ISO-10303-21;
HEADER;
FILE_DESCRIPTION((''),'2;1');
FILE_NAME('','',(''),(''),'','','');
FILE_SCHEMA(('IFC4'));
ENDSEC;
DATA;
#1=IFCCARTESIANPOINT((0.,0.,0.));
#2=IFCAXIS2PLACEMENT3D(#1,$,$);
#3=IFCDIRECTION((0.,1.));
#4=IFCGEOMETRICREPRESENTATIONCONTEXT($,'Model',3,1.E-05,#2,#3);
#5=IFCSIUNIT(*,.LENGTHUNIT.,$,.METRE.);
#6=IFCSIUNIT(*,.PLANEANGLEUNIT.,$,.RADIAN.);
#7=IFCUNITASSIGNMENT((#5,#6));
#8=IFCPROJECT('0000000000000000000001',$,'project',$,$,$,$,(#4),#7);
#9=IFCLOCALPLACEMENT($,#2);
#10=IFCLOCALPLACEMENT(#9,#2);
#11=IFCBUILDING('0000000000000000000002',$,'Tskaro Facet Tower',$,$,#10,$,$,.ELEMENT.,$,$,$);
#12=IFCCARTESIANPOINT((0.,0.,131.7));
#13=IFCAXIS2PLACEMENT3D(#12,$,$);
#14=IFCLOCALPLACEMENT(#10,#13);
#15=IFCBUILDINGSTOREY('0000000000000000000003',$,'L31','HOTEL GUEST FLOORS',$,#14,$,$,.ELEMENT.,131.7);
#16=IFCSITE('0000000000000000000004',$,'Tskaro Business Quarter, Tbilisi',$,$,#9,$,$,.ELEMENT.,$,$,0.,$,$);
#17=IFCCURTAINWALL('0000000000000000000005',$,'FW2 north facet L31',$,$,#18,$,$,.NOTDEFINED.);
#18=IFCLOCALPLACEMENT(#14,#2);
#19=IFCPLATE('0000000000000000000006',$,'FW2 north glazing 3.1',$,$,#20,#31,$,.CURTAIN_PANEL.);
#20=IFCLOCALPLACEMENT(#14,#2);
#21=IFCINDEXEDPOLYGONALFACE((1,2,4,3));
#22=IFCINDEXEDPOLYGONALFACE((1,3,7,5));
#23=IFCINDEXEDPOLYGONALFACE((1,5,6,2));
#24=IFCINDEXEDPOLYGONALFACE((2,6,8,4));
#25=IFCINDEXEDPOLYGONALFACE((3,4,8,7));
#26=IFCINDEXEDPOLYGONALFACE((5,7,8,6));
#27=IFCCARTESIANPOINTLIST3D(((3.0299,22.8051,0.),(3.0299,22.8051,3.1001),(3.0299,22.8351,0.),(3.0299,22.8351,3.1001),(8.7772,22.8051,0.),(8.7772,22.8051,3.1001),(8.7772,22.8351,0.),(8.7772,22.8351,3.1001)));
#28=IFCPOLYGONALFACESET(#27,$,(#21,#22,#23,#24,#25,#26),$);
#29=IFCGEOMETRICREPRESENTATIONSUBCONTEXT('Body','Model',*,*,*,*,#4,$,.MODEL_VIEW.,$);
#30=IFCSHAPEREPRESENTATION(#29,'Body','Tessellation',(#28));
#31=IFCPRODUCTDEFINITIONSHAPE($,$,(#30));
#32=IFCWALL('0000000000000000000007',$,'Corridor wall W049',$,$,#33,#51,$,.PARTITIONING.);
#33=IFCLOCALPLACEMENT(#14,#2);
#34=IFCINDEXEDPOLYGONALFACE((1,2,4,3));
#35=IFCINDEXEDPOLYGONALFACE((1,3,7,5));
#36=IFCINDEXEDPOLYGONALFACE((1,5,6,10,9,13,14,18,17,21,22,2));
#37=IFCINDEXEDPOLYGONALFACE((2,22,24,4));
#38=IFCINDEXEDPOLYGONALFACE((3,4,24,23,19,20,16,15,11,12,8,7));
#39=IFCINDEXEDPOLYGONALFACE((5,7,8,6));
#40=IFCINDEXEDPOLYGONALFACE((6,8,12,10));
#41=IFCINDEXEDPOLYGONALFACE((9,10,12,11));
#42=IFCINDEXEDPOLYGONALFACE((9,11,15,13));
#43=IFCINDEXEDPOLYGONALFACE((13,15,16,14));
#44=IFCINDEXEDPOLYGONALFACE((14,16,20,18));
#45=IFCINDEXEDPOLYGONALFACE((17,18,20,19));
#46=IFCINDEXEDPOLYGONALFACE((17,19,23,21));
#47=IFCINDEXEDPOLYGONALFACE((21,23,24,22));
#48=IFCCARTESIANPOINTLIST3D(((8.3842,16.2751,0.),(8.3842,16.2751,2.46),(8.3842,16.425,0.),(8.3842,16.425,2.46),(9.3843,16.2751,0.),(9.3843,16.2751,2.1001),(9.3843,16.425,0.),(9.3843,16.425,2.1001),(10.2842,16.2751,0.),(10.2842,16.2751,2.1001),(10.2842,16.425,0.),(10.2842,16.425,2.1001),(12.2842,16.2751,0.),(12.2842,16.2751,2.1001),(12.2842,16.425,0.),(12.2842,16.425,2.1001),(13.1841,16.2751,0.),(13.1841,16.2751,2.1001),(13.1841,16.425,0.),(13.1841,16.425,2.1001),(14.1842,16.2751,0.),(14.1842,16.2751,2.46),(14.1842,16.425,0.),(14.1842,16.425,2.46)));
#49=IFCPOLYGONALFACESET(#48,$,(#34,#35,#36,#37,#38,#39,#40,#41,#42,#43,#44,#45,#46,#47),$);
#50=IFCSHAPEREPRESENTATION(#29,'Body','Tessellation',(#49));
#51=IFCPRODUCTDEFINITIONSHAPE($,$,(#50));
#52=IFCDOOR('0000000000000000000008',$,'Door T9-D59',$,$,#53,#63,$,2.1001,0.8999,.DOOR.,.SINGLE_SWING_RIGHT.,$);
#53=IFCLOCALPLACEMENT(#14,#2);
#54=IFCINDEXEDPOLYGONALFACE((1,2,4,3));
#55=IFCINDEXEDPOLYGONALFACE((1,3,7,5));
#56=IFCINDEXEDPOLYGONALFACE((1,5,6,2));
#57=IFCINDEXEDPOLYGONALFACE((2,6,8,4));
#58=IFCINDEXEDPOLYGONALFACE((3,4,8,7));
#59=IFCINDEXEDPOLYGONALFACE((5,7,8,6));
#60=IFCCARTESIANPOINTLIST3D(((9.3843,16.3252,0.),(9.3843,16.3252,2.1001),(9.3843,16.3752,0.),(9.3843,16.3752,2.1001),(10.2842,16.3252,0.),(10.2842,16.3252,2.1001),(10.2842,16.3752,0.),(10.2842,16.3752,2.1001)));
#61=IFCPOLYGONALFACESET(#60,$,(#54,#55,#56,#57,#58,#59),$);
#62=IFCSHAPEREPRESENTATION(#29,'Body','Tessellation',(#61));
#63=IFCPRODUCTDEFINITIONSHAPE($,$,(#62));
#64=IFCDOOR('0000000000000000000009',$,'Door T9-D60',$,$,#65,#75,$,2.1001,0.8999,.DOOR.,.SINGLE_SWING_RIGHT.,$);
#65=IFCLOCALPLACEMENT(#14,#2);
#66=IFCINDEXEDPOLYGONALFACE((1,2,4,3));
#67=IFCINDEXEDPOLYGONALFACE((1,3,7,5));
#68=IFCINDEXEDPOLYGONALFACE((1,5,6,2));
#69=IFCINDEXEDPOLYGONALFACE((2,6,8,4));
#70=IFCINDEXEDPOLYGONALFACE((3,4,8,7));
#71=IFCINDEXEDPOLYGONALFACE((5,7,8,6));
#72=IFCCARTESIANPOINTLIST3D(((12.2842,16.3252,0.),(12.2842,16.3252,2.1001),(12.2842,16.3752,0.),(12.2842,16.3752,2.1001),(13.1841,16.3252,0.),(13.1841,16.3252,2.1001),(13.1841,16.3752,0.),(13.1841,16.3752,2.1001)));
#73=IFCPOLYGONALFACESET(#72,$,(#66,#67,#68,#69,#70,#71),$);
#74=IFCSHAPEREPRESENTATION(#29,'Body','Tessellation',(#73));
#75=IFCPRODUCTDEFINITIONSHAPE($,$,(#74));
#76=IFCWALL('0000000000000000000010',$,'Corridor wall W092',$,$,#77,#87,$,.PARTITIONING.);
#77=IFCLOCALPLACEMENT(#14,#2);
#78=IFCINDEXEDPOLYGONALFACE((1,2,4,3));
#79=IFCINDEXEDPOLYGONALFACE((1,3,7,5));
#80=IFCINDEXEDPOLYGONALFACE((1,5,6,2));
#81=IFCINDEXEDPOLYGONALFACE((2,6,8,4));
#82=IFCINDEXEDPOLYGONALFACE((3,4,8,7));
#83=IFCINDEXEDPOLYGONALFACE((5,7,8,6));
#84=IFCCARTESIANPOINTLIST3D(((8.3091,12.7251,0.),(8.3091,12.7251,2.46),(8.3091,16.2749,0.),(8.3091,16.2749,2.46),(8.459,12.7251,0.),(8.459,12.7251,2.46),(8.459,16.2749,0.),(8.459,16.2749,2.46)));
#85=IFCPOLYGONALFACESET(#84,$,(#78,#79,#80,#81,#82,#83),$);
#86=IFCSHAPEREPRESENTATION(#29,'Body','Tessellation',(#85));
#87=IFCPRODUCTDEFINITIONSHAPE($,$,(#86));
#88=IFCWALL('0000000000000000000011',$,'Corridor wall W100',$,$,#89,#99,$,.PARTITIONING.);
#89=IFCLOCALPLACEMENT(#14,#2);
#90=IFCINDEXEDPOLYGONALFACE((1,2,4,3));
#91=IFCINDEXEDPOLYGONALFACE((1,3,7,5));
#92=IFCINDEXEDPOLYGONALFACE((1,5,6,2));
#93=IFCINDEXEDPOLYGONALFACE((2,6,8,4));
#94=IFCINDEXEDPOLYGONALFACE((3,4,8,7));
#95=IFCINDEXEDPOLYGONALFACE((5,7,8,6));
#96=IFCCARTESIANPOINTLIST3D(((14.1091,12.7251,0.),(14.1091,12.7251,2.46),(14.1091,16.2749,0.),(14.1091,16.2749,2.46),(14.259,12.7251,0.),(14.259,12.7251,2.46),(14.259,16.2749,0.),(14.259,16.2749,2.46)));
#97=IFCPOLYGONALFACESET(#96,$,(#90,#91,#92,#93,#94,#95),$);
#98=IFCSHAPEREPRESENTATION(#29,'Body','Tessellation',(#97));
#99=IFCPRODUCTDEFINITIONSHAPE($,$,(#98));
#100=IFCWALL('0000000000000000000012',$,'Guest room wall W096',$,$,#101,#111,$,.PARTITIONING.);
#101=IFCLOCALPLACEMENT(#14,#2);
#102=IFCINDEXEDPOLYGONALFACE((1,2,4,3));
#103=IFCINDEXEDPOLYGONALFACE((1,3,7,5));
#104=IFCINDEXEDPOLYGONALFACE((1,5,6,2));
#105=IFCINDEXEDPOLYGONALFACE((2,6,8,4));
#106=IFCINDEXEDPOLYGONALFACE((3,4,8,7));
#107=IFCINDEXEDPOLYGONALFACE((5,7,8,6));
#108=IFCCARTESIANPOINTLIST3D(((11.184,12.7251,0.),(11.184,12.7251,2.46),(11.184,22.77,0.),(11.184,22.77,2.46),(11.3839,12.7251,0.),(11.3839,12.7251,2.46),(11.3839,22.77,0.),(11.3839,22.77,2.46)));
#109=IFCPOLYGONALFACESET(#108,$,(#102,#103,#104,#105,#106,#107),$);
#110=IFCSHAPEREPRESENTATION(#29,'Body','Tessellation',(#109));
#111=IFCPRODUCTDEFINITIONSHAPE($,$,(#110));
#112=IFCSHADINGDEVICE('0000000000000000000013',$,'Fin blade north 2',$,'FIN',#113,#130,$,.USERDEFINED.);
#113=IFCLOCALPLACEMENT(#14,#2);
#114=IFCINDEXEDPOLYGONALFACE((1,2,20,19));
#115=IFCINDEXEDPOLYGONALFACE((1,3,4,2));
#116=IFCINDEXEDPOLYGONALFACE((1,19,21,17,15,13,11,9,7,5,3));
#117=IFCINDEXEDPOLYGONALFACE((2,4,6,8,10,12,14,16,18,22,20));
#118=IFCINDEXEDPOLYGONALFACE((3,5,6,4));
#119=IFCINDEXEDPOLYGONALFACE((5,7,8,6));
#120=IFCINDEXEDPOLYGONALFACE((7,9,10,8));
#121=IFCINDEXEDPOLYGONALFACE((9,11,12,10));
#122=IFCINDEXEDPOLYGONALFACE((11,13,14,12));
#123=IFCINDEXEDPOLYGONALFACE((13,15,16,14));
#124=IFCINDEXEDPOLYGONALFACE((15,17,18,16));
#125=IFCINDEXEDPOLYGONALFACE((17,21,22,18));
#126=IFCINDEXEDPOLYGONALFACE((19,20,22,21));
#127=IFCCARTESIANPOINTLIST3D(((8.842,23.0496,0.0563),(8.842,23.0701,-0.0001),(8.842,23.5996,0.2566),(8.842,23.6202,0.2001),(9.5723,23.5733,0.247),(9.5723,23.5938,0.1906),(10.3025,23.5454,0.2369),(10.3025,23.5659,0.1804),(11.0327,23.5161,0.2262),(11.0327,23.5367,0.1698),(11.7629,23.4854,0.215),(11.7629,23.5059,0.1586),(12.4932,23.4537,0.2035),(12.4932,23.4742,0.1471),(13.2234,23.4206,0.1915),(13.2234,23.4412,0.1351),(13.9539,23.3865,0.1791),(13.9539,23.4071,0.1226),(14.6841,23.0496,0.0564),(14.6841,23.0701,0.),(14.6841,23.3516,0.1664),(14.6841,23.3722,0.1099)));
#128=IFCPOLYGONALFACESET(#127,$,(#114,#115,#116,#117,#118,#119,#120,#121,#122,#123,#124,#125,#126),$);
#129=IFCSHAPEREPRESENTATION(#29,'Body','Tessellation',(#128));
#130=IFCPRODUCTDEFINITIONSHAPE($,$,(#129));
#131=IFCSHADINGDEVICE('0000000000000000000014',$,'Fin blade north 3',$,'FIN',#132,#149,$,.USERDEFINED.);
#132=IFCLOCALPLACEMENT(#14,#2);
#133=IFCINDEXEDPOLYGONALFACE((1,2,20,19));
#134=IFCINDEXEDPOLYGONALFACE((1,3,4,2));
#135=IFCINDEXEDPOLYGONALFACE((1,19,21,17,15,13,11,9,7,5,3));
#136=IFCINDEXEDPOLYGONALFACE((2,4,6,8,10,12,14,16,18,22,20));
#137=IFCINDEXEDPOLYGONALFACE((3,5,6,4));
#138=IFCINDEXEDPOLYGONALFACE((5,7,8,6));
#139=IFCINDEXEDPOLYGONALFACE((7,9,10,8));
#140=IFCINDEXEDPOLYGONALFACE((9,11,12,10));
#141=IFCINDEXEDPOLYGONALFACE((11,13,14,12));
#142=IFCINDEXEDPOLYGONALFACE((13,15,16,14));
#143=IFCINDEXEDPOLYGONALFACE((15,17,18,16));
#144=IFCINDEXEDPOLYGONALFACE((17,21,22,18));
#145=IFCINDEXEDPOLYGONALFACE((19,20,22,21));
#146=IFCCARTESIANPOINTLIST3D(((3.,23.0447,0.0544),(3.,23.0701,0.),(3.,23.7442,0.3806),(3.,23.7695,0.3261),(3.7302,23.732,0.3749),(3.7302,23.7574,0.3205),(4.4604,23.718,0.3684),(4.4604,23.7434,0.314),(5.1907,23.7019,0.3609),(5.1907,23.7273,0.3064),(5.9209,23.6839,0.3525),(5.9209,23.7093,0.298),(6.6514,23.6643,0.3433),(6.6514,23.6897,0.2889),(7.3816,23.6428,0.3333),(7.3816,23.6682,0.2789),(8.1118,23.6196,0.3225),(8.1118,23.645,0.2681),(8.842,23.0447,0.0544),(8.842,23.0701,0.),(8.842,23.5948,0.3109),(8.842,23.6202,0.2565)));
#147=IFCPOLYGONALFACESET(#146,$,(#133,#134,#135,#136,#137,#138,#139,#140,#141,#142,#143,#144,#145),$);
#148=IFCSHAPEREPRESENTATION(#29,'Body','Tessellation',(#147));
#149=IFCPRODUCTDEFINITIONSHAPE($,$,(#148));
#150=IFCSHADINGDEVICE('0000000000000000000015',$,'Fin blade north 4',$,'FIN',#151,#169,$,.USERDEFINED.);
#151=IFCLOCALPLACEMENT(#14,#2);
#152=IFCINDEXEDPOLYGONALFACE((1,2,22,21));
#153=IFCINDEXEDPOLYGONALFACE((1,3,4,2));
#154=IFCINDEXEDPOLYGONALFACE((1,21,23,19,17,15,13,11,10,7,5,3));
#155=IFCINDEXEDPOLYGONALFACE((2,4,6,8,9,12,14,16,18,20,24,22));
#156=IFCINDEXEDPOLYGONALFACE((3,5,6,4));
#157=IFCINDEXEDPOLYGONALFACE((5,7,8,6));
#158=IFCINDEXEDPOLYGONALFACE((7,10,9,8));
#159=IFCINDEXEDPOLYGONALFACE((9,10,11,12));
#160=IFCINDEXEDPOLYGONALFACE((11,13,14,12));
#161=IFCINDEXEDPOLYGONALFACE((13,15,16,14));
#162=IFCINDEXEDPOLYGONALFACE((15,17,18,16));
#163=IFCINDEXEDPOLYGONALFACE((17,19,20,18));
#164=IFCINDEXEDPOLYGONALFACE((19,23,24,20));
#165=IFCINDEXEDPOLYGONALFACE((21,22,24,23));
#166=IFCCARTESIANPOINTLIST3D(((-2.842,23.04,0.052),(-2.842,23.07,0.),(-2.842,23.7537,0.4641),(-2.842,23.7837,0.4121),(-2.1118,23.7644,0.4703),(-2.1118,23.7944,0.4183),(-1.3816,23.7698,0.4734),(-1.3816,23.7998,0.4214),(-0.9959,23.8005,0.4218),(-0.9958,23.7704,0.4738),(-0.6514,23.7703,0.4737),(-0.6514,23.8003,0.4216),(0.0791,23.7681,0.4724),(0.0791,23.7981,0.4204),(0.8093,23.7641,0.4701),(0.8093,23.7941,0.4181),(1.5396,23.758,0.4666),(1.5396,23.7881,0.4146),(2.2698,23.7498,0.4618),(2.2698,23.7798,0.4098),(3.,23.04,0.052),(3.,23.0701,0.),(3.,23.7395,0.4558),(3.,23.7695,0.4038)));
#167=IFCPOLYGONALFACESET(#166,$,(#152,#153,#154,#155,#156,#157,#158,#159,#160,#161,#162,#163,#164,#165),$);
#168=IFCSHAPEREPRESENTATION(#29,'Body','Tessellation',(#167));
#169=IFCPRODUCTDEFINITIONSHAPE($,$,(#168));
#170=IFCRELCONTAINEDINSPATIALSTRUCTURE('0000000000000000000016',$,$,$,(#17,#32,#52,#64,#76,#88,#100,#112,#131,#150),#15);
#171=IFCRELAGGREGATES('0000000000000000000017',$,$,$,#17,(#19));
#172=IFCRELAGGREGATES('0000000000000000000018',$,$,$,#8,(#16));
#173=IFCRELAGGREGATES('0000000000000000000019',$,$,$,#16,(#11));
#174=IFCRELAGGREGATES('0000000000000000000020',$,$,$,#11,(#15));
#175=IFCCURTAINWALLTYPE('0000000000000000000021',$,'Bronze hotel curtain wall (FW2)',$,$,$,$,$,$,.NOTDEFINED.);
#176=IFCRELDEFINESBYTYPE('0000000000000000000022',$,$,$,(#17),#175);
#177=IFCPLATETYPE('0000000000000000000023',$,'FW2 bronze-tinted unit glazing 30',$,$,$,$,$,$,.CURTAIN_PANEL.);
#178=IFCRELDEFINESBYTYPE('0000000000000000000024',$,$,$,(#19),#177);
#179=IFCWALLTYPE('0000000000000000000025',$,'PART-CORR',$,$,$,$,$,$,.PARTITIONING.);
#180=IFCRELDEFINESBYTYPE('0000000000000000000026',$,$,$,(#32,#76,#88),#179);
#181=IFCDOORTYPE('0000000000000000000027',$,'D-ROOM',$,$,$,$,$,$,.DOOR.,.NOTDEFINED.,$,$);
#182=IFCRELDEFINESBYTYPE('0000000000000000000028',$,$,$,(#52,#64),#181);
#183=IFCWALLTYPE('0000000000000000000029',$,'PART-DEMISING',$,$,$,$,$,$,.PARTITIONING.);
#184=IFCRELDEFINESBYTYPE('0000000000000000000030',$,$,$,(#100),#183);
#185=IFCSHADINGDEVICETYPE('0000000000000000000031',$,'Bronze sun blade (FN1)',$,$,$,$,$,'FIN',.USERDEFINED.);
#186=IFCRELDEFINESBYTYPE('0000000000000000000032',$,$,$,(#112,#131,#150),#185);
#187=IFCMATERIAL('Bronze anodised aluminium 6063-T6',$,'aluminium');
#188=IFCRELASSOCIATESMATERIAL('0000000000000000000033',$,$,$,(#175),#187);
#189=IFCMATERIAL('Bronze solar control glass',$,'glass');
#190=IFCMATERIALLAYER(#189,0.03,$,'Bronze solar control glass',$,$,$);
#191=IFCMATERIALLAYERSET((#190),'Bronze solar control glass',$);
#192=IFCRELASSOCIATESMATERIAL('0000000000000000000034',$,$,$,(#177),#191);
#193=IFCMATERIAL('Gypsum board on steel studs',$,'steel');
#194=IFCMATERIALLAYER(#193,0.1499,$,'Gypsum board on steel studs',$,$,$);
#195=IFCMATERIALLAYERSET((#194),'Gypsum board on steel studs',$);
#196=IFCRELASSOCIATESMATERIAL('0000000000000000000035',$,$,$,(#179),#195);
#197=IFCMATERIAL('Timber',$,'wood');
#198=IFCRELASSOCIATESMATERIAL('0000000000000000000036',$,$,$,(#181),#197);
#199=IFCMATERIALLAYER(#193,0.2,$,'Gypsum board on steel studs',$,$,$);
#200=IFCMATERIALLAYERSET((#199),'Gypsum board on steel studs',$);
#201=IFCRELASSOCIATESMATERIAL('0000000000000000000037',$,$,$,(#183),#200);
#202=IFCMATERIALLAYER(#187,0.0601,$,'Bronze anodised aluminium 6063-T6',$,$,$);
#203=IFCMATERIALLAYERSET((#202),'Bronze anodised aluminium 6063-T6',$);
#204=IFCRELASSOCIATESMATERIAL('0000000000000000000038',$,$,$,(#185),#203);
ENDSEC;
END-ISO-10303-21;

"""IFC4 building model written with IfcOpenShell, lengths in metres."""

from ifc_helpers import new_model, si_unit, direction, frame, frame_2d, origin, origin_2d, place, context, subcontext, project, spatial, polyline, rectangle, outline, extrude, material, layer, layer_set, type_object, element, fill, aggregate, save


model = new_model("IFC4")

# Units and contexts
model_context = context("Model", 3, precision=1e-05, world=origin(), true_north=direction((0.0, 1.0)))
body_context = subcontext(model_context, "Body", "Model", "MODEL_VIEW")
ifc_project = project(units=[si_unit("LENGTHUNIT", "METRE"), si_unit("PLANEANGLEUNIT", "RADIAN")], contexts=[model_context])

# Site, building, storey
site_placement = place(None, origin())
site = spatial("IfcSite", under=ifc_project, at=site_placement, Name="Tskaro Business Quarter, Tbilisi", CompositionType="ELEMENT", RefElevation=0.0)
building_placement = place(site_placement, origin())
building = spatial("IfcBuilding", under=site, at=building_placement, Name="Tskaro Facet Tower", CompositionType="ELEMENT")
storey_placement = place(building_placement, frame((0.0, 0.0, 131.7)))
storey = spatial("IfcBuildingStorey", under=building, at=storey_placement, Name="L31", Description="HOTEL GUEST FLOORS", CompositionType="ELEMENT", Elevation=131.7)

# Curtain wall
ifc_material_1 = material(Name="Bronze anodised aluminium 6063-T6", Category="aluminium")
curtain_wall_type = type_object("IfcCurtainWallType", Name="Bronze hotel curtain wall (FW2)", PredefinedType="NOTDEFINED", material=ifc_material_1)
curtain_wall_placement = place(storey_placement, origin())
curtain_wall = element("IfcCurtainWall", 1, at=curtain_wall_placement, inside=storey, type_object=curtain_wall_type, Name="FW2 north facet L31", PredefinedType="NOTDEFINED")

# Plate
ifc_material_2 = material(Name="Bronze solar control glass", Category="glass")
ifc_layer_1 = layer(ifc_material_2, 0.03, Name="Bronze solar control glass")
ifc_layer_set_1 = layer_set([ifc_layer_1], Name="Bronze solar control glass")
plate_type = type_object("IfcPlateType", Name="FW2 bronze-tinted unit glazing 30", PredefinedType="CURTAIN_PANEL", material=ifc_layer_set_1)
plate_1_placement = place(storey_placement, frame((5.9036, 22.8201, 0.0), z_axis=(0.0, 0.0, 1.0), x_axis=(-1.0, 0.0, 0.0)))
plate_1 = element("IfcPlate", 2, at=plate_1_placement, type_object=plate_type, Name="FW2 north glazing 3.1", PredefinedType="CURTAIN_PANEL", context=body_context, shape_type="SweptSolid", body=[
    extrude(rectangle(XDim=5.7473, YDim=0.03, at=origin_2d()), origin(), (0.0, 0.0, 1.0), 3.1001),
])
aggregate(curtain_wall, [plate_1])

# Wall, openings, doors
ifc_material_3 = material(Name="Gypsum board on steel studs", Category="steel")
ifc_layer_2 = layer(ifc_material_3, 0.1499, Name="Gypsum board on steel studs")
ifc_layer_set_2 = layer_set([ifc_layer_2], Name="Gypsum board on steel studs")
wall_type_1 = type_object("IfcWallType", Name="PART-CORR", PredefinedType="PARTITIONING", material=ifc_layer_set_2)
wall_1_placement = place(storey_placement, frame((14.1841, 16.3501, 0.0), z_axis=(0.0, 0.0, 1.0), x_axis=(-1.0, 0.0, 0.0)))
wall_1 = element("IfcWall", 3, at=wall_1_placement, inside=storey, type_object=wall_type_1, Name="Corridor wall W049", PredefinedType="PARTITIONING", context=body_context, shape_type="SweptSolid", body=[
    extrude(rectangle(XDim=5.8, YDim=0.1499, at=frame_2d((2.8999, 0.0))), origin(), (0.0, 0.0, 1.0), 2.46),
])
opening_1_placement = place(wall_1_placement, frame((3.8999, 0.0, 0.0)))
opening_1 = element("IfcOpeningElement", 4, at=opening_1_placement, cuts=wall_1, PredefinedType="OPENING", context=body_context, shape_type="SweptSolid", body=[
    extrude(rectangle(XDim=0.8999, YDim=2.1001, at=frame_2d((0.45, 1.05))), frame((0.0, 0.085, 0.0), z_axis=(0.0, -1.0, 0.0), x_axis=(1.0, 0.0, 0.0)), (0.0, 0.0, 1.0), 0.1699),
])
opening_2_placement = place(wall_1_placement, frame((1.0, 0.0, 0.0)))
opening_2 = element("IfcOpeningElement", 5, at=opening_2_placement, cuts=wall_1, PredefinedType="OPENING", context=body_context, shape_type="SweptSolid", body=[
    extrude(rectangle(XDim=0.8999, YDim=2.1001, at=frame_2d((0.45, 1.05))), frame((0.0, 0.085, 0.0), z_axis=(0.0, -1.0, 0.0), x_axis=(1.0, 0.0, 0.0)), (0.0, 0.0, 1.0), 0.1699),
])
ifc_material_4 = material(Name="Timber", Category="wood")
door_type = type_object("IfcDoorType", Name="D-ROOM", OperationType="NOTDEFINED", PredefinedType="DOOR", material=ifc_material_4)
door_1_placement = place(opening_1_placement, origin())
door_1 = element("IfcDoor", 6, at=door_1_placement, inside=storey, type_object=door_type, Name="Door T9-D59", OperationType="SINGLE_SWING_RIGHT", OverallHeight=2.1001, OverallWidth=0.8999, PredefinedType="DOOR", context=body_context, shape_type="SweptSolid", body=[
    extrude(rectangle(XDim=0.8999, YDim=2.1001, at=frame_2d((0.45, 1.05))), frame((0.0, 0.0249, 0.0), z_axis=(0.0, -1.0, 0.0), x_axis=(1.0, 0.0, 0.0)), (0.0, 0.0, 1.0), 0.05),
])
fill(opening_1, door_1)
door_2_placement = place(opening_2_placement, origin())
door_2 = element("IfcDoor", 7, at=door_2_placement, inside=storey, type_object=door_type, Name="Door T9-D60", OperationType="SINGLE_SWING_RIGHT", OverallHeight=2.1001, OverallWidth=0.8999, PredefinedType="DOOR", context=body_context, shape_type="SweptSolid", body=[
    extrude(rectangle(XDim=0.8999, YDim=2.1001, at=frame_2d((0.45, 1.05))), frame((0.0, 0.0249, 0.0), z_axis=(0.0, -1.0, 0.0), x_axis=(1.0, 0.0, 0.0)), (0.0, 0.0, 1.0), 0.05),
])
fill(opening_2, door_2)

# Walls
for number, where, z_axis, x_axis, name in (
    (8, (8.384, 12.7251, 0.0), (0.0, 0.0, 1.0), (0.0, 1.0, 0.0), "Corridor wall W092"),
    (9, (14.1841, 12.7251, 0.0), (0.0, 0.0, 1.0), (0.0, 1.0, 0.0), "Corridor wall W100"),
):
    element("IfcWall", number, at=place(storey_placement, frame(where, z_axis=z_axis, x_axis=x_axis)), inside=storey, type_object=wall_type_1, Name=name, PredefinedType="PARTITIONING", context=body_context, shape_type="SweptSolid", body=[
        extrude(rectangle(XDim=3.5498, YDim=0.1499, at=frame_2d((1.7749, 0.0))), origin(), (0.0, 0.0, 1.0), 2.46),
    ])
ifc_layer_3 = layer(ifc_material_3, 0.2, Name="Gypsum board on steel studs")
ifc_layer_set_3 = layer_set([ifc_layer_3], Name="Gypsum board on steel studs")
wall_type_2 = type_object("IfcWallType", Name="PART-DEMISING", PredefinedType="PARTITIONING", material=ifc_layer_set_3)
wall_2_placement = place(storey_placement, frame((11.2839, 12.7251, 0.0), z_axis=(0.0, 0.0, 1.0), x_axis=(0.0, 1.0, 0.0)))
element("IfcWall", 10, at=wall_2_placement, inside=storey, type_object=wall_type_2, Name="Guest room wall W096", PredefinedType="PARTITIONING", context=body_context, shape_type="SweptSolid", body=[
    extrude(rectangle(XDim=10.0449, YDim=0.2, at=frame_2d((5.0225, 0.0))), origin(), (0.0, 0.0, 1.0), 2.46),
])

# Shading devices
ifc_layer_4 = layer(ifc_material_1, 0.0601, Name="Bronze anodised aluminium 6063-T6")
ifc_layer_set_4 = layer_set([ifc_layer_4], Name="Bronze anodised aluminium 6063-T6")
shading_device_type = type_object("IfcShadingDeviceType", Name="Bronze sun blade (FN1)", ElementType="FIN", PredefinedType="USERDEFINED", material=ifc_layer_set_4)
shading_device_1_placement = place(storey_placement, frame((14.6841, 23.0496, 0.0564), z_axis=(-0.000018, -0.342156, 0.939643), x_axis=(-1.0, 0.000006, -0.000017)))
element("IfcShadingDevice", 11, at=shading_device_1_placement, inside=storey, type_object=shading_device_type, Name="Fin blade north 2", ObjectType="FIN", PredefinedType="USERDEFINED", context=body_context, shape_type="SweptSolid", body=[
    extrude(outline(polyline([(0.0, 0.0), (5.842, 0.0), (5.842, -0.5853), (5.1118, -0.5573), (4.3816, -0.5277), (3.6514, -0.4965), (2.9211, -0.4638), (2.1909, -0.43), (1.4607, -0.3949), (0.7302, -0.3586), (0.0, -0.3214), (0.0, 0.0)])), origin(), (0.0, 0.0, -1.0), 0.0601),
])
shading_device_2_placement = place(storey_placement, frame((8.842, 23.0447, 0.0544), z_axis=(-0.000005, -0.422593, 0.90632), x_axis=(-1.0, 0.000002, -0.000005)))
element("IfcShadingDevice", 12, at=shading_device_2_placement, inside=storey, type_object=shading_device_type, Name="Fin blade north 3", ObjectType="FIN", PredefinedType="USERDEFINED", context=body_context, shape_type="SweptSolid", body=[
    extrude(outline(polyline([(0.0, 0.0), (5.842, 0.0), (5.842, -0.7718), (5.1118, -0.7583), (4.3816, -0.7429), (3.6514, -0.7251), (2.9211, -0.7053), (2.1907, -0.6836), (1.4604, -0.6599), (0.7302, -0.6344), (0.0, -0.607), (0.0, 0.0)])), origin(), (0.0, 0.0, -1.0), 0.0601),
])
shading_device_3_placement = place(storey_placement, frame((3.0, 23.04, 0.052), z_axis=(0.000009, -0.500023, 0.866012), x_axis=(-1.0, -0.000005, 0.000008)))
element("IfcShadingDevice", 13, at=shading_device_3_placement, inside=storey, type_object=shading_device_type, Name="Fin blade north 4", ObjectType="FIN", PredefinedType="USERDEFINED", context=body_context, shape_type="SweptSolid", body=[
    extrude(outline(polyline([(0.0, 0.0), (5.842, 0.0), (5.842, -0.8241), (5.1118, -0.8364), (4.3816, -0.8427), (3.9958, -0.8434), (3.6514, -0.8432), (2.9209, -0.8407), (2.1907, -0.8361), (1.4604, -0.8291), (0.7302, -0.8196), (0.0, -0.8077), (0.0, 0.0)])), origin(), (0.0, 0.0, -1.0), 0.0601),
])

save(model, "model.ifc")
